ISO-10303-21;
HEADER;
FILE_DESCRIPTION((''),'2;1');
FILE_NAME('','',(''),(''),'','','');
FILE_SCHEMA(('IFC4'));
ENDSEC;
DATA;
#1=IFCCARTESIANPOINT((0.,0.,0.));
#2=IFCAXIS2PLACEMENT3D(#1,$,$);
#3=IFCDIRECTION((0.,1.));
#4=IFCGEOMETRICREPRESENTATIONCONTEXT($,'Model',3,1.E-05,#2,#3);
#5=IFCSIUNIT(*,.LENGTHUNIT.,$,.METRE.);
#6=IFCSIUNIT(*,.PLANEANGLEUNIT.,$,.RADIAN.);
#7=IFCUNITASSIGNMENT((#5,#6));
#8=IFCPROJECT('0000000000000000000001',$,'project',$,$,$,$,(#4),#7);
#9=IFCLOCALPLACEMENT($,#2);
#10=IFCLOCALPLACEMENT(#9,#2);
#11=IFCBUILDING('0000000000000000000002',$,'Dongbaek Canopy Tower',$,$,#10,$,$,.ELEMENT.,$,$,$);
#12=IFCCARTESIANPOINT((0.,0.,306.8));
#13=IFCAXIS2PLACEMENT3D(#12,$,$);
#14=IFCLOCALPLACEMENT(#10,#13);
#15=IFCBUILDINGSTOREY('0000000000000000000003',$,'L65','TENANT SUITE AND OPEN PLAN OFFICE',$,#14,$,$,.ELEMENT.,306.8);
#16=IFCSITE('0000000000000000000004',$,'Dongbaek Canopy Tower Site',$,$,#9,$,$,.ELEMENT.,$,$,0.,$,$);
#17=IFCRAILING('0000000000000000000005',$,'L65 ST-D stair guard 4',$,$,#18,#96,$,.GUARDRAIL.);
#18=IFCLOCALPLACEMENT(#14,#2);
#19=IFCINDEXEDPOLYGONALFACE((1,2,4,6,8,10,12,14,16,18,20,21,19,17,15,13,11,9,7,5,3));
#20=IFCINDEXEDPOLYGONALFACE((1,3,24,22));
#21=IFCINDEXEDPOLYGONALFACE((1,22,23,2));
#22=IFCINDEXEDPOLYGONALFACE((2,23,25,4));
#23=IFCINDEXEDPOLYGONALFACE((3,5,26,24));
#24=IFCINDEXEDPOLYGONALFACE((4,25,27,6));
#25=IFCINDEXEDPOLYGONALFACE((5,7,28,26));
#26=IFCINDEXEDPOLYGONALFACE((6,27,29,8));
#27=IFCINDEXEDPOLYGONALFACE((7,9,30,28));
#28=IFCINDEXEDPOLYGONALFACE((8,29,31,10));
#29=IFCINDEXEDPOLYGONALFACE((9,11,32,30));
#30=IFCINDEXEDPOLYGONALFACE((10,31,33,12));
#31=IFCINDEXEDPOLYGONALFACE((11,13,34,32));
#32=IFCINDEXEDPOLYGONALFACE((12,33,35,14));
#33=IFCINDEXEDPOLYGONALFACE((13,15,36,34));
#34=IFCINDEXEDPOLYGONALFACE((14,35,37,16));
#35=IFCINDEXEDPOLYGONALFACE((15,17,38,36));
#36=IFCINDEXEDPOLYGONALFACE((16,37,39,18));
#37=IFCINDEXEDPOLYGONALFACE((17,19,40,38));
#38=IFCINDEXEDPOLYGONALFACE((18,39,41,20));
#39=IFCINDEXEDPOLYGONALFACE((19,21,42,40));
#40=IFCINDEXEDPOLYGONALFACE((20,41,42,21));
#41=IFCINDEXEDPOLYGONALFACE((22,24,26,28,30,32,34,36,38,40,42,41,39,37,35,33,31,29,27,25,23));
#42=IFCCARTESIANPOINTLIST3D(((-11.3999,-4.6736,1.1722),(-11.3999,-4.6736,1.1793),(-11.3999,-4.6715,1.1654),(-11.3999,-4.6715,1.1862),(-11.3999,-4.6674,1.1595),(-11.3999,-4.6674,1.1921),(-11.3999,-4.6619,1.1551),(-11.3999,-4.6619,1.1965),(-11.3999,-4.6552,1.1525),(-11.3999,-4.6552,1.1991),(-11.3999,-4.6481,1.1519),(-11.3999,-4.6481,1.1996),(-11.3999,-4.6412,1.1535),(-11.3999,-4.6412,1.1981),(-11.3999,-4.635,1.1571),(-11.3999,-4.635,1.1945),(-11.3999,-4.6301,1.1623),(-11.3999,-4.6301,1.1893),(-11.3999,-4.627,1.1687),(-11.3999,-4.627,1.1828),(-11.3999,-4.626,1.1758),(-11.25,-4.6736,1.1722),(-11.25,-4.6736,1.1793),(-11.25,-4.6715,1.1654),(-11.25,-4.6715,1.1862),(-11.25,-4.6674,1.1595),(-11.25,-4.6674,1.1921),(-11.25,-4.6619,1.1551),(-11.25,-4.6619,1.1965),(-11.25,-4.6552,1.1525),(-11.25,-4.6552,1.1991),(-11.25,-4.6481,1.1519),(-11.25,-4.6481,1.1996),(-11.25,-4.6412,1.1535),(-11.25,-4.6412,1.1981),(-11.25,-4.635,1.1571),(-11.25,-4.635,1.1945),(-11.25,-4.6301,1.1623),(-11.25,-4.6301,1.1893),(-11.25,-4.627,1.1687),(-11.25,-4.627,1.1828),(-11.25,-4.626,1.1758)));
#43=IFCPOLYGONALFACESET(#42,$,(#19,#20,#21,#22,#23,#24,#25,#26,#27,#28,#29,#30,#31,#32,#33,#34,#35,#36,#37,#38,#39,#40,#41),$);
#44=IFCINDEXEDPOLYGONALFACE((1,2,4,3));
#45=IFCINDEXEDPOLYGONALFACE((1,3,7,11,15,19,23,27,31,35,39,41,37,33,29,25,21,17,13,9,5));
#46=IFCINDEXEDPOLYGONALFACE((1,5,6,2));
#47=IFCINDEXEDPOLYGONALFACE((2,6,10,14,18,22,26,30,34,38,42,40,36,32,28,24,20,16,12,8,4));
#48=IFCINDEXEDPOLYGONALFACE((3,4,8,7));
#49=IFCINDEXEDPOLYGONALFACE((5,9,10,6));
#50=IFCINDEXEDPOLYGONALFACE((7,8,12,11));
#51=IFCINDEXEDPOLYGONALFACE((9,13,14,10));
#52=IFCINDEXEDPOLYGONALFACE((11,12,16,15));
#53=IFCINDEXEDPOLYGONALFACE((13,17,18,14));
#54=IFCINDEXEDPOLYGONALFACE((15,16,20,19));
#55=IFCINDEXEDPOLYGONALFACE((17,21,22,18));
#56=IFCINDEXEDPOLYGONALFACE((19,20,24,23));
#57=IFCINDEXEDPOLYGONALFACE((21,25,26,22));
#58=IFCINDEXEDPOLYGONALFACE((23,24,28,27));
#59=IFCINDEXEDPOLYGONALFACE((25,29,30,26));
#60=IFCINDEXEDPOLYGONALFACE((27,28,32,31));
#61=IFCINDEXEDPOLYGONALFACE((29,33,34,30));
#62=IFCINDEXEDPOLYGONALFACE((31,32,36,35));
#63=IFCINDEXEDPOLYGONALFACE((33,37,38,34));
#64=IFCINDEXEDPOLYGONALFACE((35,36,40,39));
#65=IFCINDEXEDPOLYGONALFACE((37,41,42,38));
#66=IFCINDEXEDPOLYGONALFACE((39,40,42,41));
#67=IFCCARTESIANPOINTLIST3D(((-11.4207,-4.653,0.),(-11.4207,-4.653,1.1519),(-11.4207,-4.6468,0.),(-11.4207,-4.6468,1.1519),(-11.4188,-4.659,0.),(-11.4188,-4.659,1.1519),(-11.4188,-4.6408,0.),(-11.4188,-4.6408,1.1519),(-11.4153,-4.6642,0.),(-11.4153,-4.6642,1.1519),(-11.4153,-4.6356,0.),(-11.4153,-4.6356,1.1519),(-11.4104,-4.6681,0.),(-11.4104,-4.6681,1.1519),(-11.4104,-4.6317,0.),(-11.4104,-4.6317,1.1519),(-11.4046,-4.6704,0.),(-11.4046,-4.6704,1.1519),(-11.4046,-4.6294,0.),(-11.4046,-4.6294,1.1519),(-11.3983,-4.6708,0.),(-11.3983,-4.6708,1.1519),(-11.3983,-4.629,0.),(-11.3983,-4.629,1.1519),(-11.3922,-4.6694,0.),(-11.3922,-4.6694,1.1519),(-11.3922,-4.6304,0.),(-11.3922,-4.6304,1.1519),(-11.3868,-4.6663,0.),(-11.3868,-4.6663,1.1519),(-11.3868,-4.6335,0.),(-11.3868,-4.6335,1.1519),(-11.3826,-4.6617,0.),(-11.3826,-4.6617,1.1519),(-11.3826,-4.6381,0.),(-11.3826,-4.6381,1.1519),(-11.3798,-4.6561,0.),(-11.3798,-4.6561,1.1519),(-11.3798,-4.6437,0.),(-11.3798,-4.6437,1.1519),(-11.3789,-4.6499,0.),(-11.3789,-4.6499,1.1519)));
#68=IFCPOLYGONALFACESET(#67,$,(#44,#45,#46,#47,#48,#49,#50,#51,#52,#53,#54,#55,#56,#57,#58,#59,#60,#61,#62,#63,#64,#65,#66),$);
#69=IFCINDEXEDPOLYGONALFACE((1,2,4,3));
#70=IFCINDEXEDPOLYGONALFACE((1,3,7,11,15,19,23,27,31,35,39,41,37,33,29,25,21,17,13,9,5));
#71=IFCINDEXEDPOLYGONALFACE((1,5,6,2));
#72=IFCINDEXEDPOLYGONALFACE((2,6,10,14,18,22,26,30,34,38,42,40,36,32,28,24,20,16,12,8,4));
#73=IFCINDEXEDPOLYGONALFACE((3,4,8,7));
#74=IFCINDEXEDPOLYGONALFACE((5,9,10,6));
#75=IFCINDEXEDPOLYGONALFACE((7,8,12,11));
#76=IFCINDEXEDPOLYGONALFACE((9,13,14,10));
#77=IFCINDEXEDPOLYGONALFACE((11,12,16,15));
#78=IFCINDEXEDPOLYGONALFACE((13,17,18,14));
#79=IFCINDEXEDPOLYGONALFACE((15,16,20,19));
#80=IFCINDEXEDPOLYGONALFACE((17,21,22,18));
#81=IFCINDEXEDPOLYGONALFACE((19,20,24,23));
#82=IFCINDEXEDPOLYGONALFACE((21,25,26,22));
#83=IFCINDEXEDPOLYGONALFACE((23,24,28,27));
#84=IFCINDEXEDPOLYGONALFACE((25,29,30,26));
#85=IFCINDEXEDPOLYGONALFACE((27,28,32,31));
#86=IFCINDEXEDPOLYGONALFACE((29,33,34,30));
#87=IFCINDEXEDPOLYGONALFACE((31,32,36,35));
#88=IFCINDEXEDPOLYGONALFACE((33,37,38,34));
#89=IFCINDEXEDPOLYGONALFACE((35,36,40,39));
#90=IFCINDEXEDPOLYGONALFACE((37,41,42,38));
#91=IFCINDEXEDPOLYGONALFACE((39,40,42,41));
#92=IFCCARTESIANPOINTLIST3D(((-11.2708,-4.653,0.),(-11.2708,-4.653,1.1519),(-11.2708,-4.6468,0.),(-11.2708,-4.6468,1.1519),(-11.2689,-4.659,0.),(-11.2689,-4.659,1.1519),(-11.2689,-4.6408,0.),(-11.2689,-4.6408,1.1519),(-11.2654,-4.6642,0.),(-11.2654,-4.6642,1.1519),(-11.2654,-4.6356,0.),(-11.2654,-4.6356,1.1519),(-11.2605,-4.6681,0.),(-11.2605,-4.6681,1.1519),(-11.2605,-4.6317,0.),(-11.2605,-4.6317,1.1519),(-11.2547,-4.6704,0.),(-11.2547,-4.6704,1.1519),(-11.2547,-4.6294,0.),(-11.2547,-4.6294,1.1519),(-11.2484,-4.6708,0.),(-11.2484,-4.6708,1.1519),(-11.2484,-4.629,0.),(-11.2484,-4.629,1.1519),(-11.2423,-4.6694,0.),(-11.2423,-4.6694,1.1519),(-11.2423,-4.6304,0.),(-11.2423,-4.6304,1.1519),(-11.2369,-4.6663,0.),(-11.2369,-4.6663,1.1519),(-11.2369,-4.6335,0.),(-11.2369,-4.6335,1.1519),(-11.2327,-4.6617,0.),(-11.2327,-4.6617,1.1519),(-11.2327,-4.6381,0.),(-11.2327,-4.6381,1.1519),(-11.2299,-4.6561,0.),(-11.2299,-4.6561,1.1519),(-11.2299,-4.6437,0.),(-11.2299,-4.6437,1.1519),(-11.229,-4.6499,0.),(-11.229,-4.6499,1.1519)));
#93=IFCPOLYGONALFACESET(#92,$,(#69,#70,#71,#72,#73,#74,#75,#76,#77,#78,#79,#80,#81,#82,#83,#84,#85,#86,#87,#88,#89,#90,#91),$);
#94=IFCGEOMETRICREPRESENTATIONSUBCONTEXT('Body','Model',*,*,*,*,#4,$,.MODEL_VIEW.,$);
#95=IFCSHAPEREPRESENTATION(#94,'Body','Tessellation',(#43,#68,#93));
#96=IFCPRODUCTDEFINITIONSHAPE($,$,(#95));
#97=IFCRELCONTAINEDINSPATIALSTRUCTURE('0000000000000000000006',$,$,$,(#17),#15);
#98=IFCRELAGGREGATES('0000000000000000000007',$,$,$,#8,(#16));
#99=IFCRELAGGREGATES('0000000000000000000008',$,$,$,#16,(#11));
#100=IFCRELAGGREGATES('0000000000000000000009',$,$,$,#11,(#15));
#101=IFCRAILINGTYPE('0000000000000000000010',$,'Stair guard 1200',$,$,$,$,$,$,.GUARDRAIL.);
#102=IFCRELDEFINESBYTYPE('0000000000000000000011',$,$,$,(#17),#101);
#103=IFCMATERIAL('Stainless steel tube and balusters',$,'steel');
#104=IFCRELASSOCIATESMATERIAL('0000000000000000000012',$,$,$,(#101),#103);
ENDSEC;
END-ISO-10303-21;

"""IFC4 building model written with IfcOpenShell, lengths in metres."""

from ifc_helpers import new_model, si_unit, direction, frame, origin, origin_2d, place, context, subcontext, project, spatial, circle, extrude, material, type_object, element, save


model = new_model("IFC4")

# Units and contexts
model_context = context("Model", 3, precision=1e-05, world=origin(), true_north=direction((0.0, 1.0)))
body_context = subcontext(model_context, "Body", "Model", "MODEL_VIEW")
ifc_project = project(units=[si_unit("LENGTHUNIT", "METRE"), si_unit("PLANEANGLEUNIT", "RADIAN")], contexts=[model_context])

# Site, building, storey
site_placement = place(None, origin())
site = spatial("IfcSite", under=ifc_project, at=site_placement, Name="Dongbaek Canopy Tower Site", CompositionType="ELEMENT", RefElevation=0.0)
building_placement = place(site_placement, origin())
building = spatial("IfcBuilding", under=site, at=building_placement, Name="Dongbaek Canopy Tower", CompositionType="ELEMENT")
storey_placement = place(building_placement, frame((0.0, 0.0, 306.8)))
storey = spatial("IfcBuildingStorey", under=building, at=storey_placement, Name="L65", Description="TENANT SUITE AND OPEN PLAN OFFICE", CompositionType="ELEMENT", Elevation=306.8)

# Railing
ifc_material_1 = material(Name="Stainless steel tube and balusters", Category="steel")
railing_type_1 = type_object("IfcRailingType", Name="Stair guard 1200", PredefinedType="GUARDRAIL", material=ifc_material_1)
railing_1_placement = place(storey_placement, frame((-11.3999, -4.6499, 0.0)))
element("IfcRailing", 1, at=railing_1_placement, inside=storey, type_object=railing_type_1, Name="L65 ST-D stair guard 4", PredefinedType="GUARDRAIL", context=body_context, shape_type="SweptSolid", body=[
    extrude(circle(Radius=0.0239, at=origin_2d()), frame((0.0, 0.0, 1.1758), z_axis=(1.0, 0.0, 0.0), x_axis=(0.0, 1.0, 0.0)), (0.0, 0.0, 1.0), 0.1499),
    extrude(circle(Radius=0.021, at=origin_2d()), origin(), (0.0, 0.0, 1.0), 1.1519),
    extrude(circle(Radius=0.021, at=origin_2d()), frame((0.1499, 0.0, 0.0)), (0.0, 0.0, 1.0), 1.1519),
])

save(model, "model.ifc")
